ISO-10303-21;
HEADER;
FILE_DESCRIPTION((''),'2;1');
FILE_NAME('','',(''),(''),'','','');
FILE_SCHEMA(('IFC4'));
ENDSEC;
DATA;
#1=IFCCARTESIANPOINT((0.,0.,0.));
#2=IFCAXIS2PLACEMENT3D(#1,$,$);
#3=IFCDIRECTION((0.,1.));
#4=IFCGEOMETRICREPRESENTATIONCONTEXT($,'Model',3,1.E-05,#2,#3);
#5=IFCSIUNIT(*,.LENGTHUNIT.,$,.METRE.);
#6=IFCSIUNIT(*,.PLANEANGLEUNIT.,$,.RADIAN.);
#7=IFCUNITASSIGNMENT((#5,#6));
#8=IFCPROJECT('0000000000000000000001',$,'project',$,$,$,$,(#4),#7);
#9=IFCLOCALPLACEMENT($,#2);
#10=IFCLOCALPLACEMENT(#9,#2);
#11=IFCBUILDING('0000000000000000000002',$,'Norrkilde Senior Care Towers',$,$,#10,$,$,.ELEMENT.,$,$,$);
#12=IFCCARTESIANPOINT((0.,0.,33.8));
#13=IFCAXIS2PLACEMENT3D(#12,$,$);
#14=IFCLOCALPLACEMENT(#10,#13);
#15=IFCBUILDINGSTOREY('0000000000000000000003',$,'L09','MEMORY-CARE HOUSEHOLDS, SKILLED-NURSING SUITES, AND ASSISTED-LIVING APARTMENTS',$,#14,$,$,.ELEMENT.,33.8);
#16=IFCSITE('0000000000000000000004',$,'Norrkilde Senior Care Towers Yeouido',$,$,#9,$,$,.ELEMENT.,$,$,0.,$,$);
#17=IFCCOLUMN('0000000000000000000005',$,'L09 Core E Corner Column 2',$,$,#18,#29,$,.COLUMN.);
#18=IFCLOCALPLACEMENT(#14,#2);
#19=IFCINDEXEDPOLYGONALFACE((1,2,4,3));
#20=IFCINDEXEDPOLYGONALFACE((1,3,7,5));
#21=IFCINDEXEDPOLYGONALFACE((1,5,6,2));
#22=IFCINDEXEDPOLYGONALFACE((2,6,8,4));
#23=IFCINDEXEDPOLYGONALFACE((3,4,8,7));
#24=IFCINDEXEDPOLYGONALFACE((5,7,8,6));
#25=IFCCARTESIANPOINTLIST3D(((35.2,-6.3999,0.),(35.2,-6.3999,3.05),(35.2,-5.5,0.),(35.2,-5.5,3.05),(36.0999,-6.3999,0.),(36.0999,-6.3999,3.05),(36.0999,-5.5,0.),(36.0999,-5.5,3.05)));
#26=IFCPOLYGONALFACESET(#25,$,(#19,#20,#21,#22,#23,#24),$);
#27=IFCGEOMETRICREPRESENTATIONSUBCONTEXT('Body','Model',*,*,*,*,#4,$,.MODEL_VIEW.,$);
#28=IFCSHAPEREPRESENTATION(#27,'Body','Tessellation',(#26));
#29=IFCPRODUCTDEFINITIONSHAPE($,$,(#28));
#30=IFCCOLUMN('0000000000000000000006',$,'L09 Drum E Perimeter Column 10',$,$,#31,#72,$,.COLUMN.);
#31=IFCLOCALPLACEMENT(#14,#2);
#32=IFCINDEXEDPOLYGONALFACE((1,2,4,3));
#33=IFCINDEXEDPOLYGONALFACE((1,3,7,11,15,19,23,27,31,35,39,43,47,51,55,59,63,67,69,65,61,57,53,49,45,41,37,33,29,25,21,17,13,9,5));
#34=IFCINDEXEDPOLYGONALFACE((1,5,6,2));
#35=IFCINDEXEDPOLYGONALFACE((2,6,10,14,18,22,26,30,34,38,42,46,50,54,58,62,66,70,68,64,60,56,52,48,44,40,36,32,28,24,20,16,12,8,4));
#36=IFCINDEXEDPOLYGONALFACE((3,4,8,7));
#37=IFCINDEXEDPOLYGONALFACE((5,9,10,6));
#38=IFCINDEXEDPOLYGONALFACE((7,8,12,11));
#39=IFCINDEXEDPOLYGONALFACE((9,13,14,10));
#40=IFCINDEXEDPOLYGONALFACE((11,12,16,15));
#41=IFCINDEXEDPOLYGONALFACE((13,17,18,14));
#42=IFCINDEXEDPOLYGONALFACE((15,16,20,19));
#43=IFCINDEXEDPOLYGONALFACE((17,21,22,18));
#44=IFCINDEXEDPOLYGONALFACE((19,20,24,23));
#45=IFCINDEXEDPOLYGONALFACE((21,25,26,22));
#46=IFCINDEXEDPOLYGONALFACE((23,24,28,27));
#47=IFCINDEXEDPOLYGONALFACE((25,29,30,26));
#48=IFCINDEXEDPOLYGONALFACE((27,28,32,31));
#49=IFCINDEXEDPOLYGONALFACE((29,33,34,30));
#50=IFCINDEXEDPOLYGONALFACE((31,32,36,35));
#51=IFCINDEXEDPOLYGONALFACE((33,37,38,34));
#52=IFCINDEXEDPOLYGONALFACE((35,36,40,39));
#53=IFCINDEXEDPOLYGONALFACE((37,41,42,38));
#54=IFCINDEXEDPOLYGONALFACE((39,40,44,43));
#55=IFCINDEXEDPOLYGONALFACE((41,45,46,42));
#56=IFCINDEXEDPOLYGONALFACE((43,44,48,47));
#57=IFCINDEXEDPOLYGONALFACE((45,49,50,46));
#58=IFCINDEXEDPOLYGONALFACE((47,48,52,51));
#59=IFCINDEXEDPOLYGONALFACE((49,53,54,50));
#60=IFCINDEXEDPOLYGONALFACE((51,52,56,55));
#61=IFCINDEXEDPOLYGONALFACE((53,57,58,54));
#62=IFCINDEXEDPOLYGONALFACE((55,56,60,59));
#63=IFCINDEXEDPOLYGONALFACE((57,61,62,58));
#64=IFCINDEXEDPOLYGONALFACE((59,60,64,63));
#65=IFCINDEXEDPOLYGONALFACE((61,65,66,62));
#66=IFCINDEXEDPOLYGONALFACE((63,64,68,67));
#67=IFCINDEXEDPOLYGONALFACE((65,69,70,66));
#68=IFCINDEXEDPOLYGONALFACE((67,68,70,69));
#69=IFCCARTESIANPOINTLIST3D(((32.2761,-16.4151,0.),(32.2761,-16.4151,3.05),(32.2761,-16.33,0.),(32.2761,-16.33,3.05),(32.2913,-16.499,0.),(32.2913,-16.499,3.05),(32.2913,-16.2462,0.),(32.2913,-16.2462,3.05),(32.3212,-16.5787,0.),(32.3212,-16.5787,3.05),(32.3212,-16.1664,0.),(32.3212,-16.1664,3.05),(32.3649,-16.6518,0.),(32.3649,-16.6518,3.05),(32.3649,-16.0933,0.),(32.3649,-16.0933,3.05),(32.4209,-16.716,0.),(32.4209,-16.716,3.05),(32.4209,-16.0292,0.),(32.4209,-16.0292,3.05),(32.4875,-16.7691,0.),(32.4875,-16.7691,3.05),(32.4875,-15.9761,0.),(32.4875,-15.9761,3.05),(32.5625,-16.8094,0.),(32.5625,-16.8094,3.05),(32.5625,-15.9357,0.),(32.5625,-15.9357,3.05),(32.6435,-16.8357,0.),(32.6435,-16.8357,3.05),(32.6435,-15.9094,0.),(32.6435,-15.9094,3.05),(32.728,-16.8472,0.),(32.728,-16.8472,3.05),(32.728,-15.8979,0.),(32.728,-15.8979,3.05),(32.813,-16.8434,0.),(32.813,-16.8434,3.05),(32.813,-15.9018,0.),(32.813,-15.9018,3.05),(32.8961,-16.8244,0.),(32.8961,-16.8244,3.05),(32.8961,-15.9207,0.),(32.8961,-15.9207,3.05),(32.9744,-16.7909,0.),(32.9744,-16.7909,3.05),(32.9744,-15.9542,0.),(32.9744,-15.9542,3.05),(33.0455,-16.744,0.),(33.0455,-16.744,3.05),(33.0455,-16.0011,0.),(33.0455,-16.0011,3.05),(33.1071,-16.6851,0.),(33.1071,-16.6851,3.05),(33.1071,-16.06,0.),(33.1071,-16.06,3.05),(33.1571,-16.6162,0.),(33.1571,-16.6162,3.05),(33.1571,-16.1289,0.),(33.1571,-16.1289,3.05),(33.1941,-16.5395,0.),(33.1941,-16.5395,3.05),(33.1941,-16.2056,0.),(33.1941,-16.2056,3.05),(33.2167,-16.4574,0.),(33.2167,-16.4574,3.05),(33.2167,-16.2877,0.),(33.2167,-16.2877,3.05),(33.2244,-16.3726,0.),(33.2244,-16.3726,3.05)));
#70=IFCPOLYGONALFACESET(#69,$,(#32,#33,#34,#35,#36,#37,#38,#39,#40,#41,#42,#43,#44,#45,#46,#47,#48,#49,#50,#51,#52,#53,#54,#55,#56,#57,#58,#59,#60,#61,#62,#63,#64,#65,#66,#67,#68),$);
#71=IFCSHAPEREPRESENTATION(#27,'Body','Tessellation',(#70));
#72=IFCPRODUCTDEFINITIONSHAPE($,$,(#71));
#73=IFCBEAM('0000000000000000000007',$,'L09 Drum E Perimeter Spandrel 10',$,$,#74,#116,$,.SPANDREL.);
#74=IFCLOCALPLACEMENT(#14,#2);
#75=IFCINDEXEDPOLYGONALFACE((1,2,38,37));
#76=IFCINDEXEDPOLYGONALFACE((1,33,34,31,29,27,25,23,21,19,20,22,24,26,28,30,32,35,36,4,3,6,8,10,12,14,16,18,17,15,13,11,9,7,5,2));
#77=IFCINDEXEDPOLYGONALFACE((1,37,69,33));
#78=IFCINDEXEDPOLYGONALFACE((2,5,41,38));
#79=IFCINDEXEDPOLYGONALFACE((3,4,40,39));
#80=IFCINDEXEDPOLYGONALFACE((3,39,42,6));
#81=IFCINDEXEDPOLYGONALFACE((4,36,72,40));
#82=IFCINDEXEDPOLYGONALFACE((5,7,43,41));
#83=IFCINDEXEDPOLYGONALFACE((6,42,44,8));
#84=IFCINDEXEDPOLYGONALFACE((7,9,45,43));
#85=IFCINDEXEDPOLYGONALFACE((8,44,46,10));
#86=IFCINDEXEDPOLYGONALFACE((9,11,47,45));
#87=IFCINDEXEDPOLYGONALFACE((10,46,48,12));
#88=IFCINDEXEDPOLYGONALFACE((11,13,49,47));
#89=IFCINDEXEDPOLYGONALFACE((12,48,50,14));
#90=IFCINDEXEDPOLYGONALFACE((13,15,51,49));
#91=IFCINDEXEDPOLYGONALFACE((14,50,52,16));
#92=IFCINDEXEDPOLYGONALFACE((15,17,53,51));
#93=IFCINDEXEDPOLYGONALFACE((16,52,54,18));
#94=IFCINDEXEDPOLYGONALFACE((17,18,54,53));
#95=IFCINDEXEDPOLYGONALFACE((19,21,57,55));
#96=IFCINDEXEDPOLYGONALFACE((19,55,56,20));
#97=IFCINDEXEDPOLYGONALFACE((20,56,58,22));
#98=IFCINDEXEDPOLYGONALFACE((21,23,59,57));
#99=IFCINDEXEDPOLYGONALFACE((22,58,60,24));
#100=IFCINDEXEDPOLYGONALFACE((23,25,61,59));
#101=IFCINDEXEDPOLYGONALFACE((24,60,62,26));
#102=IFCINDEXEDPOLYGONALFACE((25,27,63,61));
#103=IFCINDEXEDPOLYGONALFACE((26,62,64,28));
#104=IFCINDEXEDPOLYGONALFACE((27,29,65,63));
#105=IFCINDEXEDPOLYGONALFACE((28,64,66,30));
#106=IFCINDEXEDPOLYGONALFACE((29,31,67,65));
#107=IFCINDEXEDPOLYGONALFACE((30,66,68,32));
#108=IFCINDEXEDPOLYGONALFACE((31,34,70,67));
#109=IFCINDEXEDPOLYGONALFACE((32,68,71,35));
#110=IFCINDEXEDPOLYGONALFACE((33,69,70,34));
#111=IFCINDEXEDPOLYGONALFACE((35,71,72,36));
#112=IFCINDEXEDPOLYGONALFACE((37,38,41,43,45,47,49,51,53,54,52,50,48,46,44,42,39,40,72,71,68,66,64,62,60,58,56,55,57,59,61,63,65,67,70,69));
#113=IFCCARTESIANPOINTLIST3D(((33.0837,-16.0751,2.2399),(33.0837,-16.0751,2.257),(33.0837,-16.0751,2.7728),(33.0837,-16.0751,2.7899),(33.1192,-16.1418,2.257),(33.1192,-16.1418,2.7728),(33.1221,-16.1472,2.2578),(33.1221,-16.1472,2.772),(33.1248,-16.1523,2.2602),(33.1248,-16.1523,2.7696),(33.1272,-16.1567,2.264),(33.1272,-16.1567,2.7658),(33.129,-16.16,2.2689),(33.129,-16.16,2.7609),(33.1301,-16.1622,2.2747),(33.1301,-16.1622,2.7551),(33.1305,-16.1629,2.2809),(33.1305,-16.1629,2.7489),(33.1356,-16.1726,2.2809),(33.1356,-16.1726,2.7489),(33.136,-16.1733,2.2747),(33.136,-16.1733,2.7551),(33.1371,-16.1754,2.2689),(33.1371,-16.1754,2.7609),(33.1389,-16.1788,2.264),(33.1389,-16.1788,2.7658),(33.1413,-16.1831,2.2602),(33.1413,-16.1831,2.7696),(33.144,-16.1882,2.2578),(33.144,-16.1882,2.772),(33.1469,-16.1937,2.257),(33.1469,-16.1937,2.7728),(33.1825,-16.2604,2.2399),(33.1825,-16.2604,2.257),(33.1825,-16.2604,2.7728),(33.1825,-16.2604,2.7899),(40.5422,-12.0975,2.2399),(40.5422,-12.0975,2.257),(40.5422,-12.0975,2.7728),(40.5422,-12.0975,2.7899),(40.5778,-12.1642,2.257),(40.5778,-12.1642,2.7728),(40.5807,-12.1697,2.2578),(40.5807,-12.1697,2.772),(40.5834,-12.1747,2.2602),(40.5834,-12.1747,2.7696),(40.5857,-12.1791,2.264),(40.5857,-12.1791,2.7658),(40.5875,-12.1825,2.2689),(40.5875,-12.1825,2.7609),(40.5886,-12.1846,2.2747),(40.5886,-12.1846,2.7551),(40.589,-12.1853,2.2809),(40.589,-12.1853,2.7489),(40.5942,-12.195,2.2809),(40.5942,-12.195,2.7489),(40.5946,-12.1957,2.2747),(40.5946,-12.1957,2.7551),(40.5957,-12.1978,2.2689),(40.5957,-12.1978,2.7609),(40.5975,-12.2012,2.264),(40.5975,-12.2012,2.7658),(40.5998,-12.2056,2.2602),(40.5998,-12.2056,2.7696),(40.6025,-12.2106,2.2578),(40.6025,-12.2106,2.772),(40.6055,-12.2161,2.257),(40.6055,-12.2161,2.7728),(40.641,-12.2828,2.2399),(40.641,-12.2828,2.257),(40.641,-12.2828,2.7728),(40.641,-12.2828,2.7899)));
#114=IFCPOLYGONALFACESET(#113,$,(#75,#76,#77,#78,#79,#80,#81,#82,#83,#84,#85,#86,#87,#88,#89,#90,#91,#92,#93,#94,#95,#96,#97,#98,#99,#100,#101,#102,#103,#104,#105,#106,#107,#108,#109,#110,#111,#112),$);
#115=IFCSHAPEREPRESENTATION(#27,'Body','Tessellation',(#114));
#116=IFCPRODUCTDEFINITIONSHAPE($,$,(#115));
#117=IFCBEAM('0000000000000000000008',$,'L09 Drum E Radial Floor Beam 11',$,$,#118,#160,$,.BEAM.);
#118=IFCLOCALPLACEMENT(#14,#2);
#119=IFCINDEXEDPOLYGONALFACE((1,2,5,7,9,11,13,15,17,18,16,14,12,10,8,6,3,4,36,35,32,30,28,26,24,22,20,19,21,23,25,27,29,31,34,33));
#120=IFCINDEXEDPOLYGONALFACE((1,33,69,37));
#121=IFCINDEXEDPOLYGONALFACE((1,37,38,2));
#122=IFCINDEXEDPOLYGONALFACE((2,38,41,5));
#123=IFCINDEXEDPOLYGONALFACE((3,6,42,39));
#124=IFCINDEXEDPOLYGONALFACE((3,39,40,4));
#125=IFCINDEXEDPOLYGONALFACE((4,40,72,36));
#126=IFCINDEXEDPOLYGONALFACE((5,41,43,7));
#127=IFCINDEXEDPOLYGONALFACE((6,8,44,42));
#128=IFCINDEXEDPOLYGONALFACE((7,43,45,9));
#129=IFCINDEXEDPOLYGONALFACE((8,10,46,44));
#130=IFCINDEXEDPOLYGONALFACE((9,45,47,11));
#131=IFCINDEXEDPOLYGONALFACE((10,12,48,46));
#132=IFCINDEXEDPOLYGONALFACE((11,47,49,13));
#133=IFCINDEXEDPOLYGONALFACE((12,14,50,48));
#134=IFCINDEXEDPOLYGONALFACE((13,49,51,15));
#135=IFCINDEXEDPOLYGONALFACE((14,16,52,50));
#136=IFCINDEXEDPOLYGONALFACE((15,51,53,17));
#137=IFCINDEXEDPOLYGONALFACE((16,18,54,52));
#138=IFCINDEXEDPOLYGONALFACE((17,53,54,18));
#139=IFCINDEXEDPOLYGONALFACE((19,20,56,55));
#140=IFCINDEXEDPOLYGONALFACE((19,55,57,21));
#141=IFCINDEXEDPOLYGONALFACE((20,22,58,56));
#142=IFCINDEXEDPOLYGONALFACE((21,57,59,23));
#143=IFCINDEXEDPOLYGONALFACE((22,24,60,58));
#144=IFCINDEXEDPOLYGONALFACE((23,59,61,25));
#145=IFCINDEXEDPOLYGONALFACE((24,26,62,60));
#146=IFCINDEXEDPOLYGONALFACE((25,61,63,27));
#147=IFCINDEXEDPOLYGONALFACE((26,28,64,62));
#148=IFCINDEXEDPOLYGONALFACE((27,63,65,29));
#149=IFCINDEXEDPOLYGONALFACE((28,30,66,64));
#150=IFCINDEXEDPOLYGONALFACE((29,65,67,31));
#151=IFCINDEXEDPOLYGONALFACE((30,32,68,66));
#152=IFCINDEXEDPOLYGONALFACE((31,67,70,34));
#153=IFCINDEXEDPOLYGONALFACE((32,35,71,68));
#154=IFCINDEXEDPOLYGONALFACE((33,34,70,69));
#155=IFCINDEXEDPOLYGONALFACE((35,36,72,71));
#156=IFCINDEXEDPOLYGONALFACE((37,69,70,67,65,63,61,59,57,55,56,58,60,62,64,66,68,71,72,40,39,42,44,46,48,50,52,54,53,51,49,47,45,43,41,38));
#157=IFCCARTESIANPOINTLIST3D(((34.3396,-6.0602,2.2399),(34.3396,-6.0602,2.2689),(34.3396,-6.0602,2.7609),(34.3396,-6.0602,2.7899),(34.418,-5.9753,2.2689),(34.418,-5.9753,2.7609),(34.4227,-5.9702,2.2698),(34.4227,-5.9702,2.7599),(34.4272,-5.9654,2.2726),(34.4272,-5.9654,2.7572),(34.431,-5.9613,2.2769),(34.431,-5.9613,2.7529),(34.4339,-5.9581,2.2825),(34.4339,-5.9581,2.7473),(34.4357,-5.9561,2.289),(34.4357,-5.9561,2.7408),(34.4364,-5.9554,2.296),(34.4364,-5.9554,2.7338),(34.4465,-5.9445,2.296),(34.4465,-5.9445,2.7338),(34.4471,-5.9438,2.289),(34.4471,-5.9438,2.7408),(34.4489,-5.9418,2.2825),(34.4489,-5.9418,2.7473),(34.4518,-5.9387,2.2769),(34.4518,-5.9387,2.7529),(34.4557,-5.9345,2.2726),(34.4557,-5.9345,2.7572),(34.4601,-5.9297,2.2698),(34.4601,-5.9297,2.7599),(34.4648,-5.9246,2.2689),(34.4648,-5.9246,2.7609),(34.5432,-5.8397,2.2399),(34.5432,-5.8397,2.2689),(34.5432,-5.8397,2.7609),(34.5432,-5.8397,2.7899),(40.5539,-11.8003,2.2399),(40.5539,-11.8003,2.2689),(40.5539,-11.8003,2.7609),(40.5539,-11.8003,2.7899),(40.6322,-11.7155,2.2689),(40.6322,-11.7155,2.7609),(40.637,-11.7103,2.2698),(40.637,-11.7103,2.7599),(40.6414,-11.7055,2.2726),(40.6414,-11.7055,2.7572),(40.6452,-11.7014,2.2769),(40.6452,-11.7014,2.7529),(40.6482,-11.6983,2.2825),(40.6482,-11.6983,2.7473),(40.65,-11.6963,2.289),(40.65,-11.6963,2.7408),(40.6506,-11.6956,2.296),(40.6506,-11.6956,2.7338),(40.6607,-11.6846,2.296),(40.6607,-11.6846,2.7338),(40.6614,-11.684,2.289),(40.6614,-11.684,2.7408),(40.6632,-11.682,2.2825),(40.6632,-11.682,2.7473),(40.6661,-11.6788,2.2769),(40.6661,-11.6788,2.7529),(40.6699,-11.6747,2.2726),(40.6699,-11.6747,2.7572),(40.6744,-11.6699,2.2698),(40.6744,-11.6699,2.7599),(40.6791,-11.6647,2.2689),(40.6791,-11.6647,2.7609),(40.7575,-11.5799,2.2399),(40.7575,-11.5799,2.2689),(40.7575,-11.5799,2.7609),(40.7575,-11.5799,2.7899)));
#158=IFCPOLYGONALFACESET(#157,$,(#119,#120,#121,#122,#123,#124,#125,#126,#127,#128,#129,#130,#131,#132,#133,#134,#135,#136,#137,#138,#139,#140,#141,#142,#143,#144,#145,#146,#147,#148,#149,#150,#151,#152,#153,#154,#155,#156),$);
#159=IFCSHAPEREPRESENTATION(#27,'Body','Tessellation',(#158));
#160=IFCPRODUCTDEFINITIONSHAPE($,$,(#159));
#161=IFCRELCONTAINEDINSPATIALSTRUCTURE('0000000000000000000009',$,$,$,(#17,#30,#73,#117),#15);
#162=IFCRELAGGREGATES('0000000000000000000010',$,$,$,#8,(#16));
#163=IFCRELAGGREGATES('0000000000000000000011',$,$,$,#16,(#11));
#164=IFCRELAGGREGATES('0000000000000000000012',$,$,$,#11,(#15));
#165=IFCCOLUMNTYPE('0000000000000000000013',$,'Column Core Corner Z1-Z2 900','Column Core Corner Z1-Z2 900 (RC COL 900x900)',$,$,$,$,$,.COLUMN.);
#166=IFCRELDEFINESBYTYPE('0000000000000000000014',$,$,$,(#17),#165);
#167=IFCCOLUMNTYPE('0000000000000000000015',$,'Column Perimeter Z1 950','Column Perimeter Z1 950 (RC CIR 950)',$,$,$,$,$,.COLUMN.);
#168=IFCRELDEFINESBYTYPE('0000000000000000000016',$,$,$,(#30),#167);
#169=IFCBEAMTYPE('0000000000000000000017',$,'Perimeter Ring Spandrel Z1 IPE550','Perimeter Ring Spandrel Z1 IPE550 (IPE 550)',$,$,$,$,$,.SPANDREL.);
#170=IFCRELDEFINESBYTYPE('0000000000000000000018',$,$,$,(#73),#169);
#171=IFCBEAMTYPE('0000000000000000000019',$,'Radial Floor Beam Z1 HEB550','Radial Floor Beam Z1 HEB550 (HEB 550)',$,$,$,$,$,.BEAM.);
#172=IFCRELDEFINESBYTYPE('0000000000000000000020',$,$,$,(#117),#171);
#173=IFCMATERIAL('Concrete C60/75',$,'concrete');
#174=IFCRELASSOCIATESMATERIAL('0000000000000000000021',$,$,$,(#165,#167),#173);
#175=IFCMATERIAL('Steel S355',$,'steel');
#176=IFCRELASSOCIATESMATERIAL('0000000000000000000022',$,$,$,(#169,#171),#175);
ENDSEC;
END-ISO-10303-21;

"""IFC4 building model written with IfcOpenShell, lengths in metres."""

from ifc_helpers import new_model, si_unit, direction, frame, origin, origin_2d, place, context, subcontext, project, spatial, rectangle, circle, i_section, extrude, source, transform, mapped, material, material_profile, profile_set, type_object, type_shapes, element, save


model = new_model("IFC4")

# Units and contexts
model_context = context("Model", 3, precision=1e-05, world=origin(), true_north=direction((0.0, 1.0)))
body_context = subcontext(model_context, "Body", "Model", "MODEL_VIEW")
ifc_project = project(units=[si_unit("LENGTHUNIT", "METRE"), si_unit("PLANEANGLEUNIT", "RADIAN")], contexts=[model_context])

# Site, building, storey
site_placement = place(None, origin())
site = spatial("IfcSite", under=ifc_project, at=site_placement, Name="Norrkilde Senior Care Towers Yeouido", CompositionType="ELEMENT", RefElevation=0.0)
building_placement = place(site_placement, origin())
building = spatial("IfcBuilding", under=site, at=building_placement, Name="Norrkilde Senior Care Towers", CompositionType="ELEMENT")
storey_placement = place(building_placement, frame((0.0, 0.0, 33.8)))
storey = spatial("IfcBuildingStorey", under=building, at=storey_placement, Name="L09", Description="MEMORY-CARE HOUSEHOLDS, SKILLED-NURSING SUITES, AND ASSISTED-LIVING APARTMENTS", CompositionType="ELEMENT", Elevation=33.8)

# Columns
ifc_material_1 = material(Name="Concrete C60/75", Category="concrete")
ifc_material_profile_1 = material_profile(ifc_material_1, rectangle(XDim=0.8999, YDim=0.8999, at=origin_2d()), Name="RC COL 900x900")
ifc_profile_set_1 = profile_set([ifc_material_profile_1], Name="Concrete C60/75")
column_type_1 = type_object("IfcColumnType", Name="Column Core Corner Z1-Z2 900", Description="Column Core Corner Z1-Z2 900 (RC COL 900x900)", PredefinedType="COLUMN", material=ifc_profile_set_1)
shared_shape_1 = source(origin(), body_context, "Body", "SweptSolid", [
    extrude(rectangle(XDim=0.8999, YDim=0.8999, at=origin_2d()), origin(), (0.0, 0.0, 1.0), 3.05),
])
type_shapes(column_type_1, [shared_shape_1])
column_1_placement = place(storey_placement, frame((35.6499, -5.95, 0.0), z_axis=(0.0, 0.0, 1.0), x_axis=(1.0, 0.0, 0.0)))
element("IfcColumn", 1, at=column_1_placement, inside=storey, type_object=column_type_1, Name="L09 Core E Corner Column 2", PredefinedType="COLUMN", context=body_context, shape_type="MappedRepresentation", body=[
    mapped(shared_shape_1, transform((0.0, 0.0, 0.0), x_axis=(1.0, 0.0, 0.0), y_axis=(0.0, 1.0, 0.0), z_axis=(0.0, 0.0, 1.0), scale=1.0)),
])
ifc_material_profile_2 = material_profile(ifc_material_1, circle(Radius=0.4751, at=origin_2d()), Name="RC CIR 950")
ifc_profile_set_2 = profile_set([ifc_material_profile_2], Name="Concrete C60/75")
column_type_2 = type_object("IfcColumnType", Name="Column Perimeter Z1 950", Description="Column Perimeter Z1 950 (RC CIR 950)", PredefinedType="COLUMN", material=ifc_profile_set_2)
shared_shape_2 = source(origin(), body_context, "Body", "SweptSolid", [
    extrude(circle(Radius=0.4751, at=origin_2d()), origin(), (0.0, 0.0, 1.0), 3.05),
])
type_shapes(column_type_2, [shared_shape_2])
column_2_placement = place(storey_placement, frame((32.7493, -16.3726, 0.0), z_axis=(0.0, 0.0, 1.0), x_axis=(1.0, 0.0, 0.0)))
element("IfcColumn", 2, at=column_2_placement, inside=storey, type_object=column_type_2, Name="L09 Drum E Perimeter Column 10", PredefinedType="COLUMN", context=body_context, shape_type="MappedRepresentation", body=[
    mapped(shared_shape_2, transform((0.0, 0.0, 0.0), x_axis=(1.0, 0.0, 0.0), y_axis=(0.0, 1.0, 0.0), z_axis=(0.0, 0.0, 1.0), scale=1.0)),
])

# Beams
ifc_material_2 = material(Name="Steel S355", Category="steel")
ifc_material_profile_3 = material_profile(ifc_material_2, i_section(OverallWidth=0.21, OverallDepth=0.55, WebThickness=0.011, FlangeThickness=0.0171, FilletRadius=0.0239, at=origin_2d()), Name="IPE 550")
ifc_profile_set_3 = profile_set([ifc_material_profile_3], Name="Steel S355")
beam_type_1 = type_object("IfcBeamType", Name="Perimeter Ring Spandrel Z1 IPE550", Description="Perimeter Ring Spandrel Z1 IPE550 (IPE 550)", PredefinedType="SPANDREL", material=ifc_profile_set_3)
shared_shape_3 = source(origin(), body_context, "Body", "SweptSolid", [
    extrude(i_section(OverallWidth=0.21, OverallDepth=0.55, WebThickness=0.011, FlangeThickness=0.0171, FilletRadius=0.0239, at=origin_2d()), origin(), (0.0, 0.0, 1.0), 8.4529),
])
type_shapes(beam_type_1, [shared_shape_3])
beam_1_placement = place(storey_placement, frame((33.1331, -16.1677, 2.5149), z_axis=(0.882369, 0.470558, 0.0), x_axis=(-0.470558, 0.882369, 0.0)))
element("IfcBeam", 3, at=beam_1_placement, inside=storey, type_object=beam_type_1, Name="L09 Drum E Perimeter Spandrel 10", PredefinedType="SPANDREL", context=body_context, shape_type="MappedRepresentation", body=[
    mapped(shared_shape_3, transform((0.0, 0.0, 0.0), x_axis=(1.0, 0.0, 0.0), y_axis=(0.0, 1.0, 0.0), z_axis=(0.0, 0.0, 1.0), scale=1.0)),
])
ifc_material_profile_4 = material_profile(ifc_material_2, i_section(OverallWidth=0.3, OverallDepth=0.55, WebThickness=0.0149, FlangeThickness=0.0291, FilletRadius=0.0271, at=origin_2d()), Name="HEB 550")
ifc_profile_set_4 = profile_set([ifc_material_profile_4], Name="Steel S355")
beam_type_2 = type_object("IfcBeamType", Name="Radial Floor Beam Z1 HEB550", Description="Radial Floor Beam Z1 HEB550 (HEB 550)", PredefinedType="BEAM", material=ifc_profile_set_4)
shared_shape_4 = source(origin(), body_context, "Body", "SweptSolid", [
    extrude(i_section(OverallWidth=0.3, OverallDepth=0.55, WebThickness=0.0149, FlangeThickness=0.0291, FilletRadius=0.0271, at=origin_2d()), origin(), (0.0, 0.0, 1.0), 8.4597),
])
beam_2_placement = place(storey_placement, frame((34.4414, -5.95, 2.5149), z_axis=(0.734573, -0.678529, 0.0), x_axis=(0.678529, 0.734573, 0.0)))
element("IfcBeam", 4, at=beam_2_placement, inside=storey, type_object=beam_type_2, Name="L09 Drum E Radial Floor Beam 11", PredefinedType="BEAM", context=body_context, shape_type="MappedRepresentation", body=[
    mapped(shared_shape_4, transform((0.0, 0.0, 0.0), x_axis=(1.0, 0.0, 0.0), y_axis=(0.0, 1.0, 0.0), z_axis=(0.0, 0.0, 1.0), scale=1.0)),
])

save(model, "model.ifc")
